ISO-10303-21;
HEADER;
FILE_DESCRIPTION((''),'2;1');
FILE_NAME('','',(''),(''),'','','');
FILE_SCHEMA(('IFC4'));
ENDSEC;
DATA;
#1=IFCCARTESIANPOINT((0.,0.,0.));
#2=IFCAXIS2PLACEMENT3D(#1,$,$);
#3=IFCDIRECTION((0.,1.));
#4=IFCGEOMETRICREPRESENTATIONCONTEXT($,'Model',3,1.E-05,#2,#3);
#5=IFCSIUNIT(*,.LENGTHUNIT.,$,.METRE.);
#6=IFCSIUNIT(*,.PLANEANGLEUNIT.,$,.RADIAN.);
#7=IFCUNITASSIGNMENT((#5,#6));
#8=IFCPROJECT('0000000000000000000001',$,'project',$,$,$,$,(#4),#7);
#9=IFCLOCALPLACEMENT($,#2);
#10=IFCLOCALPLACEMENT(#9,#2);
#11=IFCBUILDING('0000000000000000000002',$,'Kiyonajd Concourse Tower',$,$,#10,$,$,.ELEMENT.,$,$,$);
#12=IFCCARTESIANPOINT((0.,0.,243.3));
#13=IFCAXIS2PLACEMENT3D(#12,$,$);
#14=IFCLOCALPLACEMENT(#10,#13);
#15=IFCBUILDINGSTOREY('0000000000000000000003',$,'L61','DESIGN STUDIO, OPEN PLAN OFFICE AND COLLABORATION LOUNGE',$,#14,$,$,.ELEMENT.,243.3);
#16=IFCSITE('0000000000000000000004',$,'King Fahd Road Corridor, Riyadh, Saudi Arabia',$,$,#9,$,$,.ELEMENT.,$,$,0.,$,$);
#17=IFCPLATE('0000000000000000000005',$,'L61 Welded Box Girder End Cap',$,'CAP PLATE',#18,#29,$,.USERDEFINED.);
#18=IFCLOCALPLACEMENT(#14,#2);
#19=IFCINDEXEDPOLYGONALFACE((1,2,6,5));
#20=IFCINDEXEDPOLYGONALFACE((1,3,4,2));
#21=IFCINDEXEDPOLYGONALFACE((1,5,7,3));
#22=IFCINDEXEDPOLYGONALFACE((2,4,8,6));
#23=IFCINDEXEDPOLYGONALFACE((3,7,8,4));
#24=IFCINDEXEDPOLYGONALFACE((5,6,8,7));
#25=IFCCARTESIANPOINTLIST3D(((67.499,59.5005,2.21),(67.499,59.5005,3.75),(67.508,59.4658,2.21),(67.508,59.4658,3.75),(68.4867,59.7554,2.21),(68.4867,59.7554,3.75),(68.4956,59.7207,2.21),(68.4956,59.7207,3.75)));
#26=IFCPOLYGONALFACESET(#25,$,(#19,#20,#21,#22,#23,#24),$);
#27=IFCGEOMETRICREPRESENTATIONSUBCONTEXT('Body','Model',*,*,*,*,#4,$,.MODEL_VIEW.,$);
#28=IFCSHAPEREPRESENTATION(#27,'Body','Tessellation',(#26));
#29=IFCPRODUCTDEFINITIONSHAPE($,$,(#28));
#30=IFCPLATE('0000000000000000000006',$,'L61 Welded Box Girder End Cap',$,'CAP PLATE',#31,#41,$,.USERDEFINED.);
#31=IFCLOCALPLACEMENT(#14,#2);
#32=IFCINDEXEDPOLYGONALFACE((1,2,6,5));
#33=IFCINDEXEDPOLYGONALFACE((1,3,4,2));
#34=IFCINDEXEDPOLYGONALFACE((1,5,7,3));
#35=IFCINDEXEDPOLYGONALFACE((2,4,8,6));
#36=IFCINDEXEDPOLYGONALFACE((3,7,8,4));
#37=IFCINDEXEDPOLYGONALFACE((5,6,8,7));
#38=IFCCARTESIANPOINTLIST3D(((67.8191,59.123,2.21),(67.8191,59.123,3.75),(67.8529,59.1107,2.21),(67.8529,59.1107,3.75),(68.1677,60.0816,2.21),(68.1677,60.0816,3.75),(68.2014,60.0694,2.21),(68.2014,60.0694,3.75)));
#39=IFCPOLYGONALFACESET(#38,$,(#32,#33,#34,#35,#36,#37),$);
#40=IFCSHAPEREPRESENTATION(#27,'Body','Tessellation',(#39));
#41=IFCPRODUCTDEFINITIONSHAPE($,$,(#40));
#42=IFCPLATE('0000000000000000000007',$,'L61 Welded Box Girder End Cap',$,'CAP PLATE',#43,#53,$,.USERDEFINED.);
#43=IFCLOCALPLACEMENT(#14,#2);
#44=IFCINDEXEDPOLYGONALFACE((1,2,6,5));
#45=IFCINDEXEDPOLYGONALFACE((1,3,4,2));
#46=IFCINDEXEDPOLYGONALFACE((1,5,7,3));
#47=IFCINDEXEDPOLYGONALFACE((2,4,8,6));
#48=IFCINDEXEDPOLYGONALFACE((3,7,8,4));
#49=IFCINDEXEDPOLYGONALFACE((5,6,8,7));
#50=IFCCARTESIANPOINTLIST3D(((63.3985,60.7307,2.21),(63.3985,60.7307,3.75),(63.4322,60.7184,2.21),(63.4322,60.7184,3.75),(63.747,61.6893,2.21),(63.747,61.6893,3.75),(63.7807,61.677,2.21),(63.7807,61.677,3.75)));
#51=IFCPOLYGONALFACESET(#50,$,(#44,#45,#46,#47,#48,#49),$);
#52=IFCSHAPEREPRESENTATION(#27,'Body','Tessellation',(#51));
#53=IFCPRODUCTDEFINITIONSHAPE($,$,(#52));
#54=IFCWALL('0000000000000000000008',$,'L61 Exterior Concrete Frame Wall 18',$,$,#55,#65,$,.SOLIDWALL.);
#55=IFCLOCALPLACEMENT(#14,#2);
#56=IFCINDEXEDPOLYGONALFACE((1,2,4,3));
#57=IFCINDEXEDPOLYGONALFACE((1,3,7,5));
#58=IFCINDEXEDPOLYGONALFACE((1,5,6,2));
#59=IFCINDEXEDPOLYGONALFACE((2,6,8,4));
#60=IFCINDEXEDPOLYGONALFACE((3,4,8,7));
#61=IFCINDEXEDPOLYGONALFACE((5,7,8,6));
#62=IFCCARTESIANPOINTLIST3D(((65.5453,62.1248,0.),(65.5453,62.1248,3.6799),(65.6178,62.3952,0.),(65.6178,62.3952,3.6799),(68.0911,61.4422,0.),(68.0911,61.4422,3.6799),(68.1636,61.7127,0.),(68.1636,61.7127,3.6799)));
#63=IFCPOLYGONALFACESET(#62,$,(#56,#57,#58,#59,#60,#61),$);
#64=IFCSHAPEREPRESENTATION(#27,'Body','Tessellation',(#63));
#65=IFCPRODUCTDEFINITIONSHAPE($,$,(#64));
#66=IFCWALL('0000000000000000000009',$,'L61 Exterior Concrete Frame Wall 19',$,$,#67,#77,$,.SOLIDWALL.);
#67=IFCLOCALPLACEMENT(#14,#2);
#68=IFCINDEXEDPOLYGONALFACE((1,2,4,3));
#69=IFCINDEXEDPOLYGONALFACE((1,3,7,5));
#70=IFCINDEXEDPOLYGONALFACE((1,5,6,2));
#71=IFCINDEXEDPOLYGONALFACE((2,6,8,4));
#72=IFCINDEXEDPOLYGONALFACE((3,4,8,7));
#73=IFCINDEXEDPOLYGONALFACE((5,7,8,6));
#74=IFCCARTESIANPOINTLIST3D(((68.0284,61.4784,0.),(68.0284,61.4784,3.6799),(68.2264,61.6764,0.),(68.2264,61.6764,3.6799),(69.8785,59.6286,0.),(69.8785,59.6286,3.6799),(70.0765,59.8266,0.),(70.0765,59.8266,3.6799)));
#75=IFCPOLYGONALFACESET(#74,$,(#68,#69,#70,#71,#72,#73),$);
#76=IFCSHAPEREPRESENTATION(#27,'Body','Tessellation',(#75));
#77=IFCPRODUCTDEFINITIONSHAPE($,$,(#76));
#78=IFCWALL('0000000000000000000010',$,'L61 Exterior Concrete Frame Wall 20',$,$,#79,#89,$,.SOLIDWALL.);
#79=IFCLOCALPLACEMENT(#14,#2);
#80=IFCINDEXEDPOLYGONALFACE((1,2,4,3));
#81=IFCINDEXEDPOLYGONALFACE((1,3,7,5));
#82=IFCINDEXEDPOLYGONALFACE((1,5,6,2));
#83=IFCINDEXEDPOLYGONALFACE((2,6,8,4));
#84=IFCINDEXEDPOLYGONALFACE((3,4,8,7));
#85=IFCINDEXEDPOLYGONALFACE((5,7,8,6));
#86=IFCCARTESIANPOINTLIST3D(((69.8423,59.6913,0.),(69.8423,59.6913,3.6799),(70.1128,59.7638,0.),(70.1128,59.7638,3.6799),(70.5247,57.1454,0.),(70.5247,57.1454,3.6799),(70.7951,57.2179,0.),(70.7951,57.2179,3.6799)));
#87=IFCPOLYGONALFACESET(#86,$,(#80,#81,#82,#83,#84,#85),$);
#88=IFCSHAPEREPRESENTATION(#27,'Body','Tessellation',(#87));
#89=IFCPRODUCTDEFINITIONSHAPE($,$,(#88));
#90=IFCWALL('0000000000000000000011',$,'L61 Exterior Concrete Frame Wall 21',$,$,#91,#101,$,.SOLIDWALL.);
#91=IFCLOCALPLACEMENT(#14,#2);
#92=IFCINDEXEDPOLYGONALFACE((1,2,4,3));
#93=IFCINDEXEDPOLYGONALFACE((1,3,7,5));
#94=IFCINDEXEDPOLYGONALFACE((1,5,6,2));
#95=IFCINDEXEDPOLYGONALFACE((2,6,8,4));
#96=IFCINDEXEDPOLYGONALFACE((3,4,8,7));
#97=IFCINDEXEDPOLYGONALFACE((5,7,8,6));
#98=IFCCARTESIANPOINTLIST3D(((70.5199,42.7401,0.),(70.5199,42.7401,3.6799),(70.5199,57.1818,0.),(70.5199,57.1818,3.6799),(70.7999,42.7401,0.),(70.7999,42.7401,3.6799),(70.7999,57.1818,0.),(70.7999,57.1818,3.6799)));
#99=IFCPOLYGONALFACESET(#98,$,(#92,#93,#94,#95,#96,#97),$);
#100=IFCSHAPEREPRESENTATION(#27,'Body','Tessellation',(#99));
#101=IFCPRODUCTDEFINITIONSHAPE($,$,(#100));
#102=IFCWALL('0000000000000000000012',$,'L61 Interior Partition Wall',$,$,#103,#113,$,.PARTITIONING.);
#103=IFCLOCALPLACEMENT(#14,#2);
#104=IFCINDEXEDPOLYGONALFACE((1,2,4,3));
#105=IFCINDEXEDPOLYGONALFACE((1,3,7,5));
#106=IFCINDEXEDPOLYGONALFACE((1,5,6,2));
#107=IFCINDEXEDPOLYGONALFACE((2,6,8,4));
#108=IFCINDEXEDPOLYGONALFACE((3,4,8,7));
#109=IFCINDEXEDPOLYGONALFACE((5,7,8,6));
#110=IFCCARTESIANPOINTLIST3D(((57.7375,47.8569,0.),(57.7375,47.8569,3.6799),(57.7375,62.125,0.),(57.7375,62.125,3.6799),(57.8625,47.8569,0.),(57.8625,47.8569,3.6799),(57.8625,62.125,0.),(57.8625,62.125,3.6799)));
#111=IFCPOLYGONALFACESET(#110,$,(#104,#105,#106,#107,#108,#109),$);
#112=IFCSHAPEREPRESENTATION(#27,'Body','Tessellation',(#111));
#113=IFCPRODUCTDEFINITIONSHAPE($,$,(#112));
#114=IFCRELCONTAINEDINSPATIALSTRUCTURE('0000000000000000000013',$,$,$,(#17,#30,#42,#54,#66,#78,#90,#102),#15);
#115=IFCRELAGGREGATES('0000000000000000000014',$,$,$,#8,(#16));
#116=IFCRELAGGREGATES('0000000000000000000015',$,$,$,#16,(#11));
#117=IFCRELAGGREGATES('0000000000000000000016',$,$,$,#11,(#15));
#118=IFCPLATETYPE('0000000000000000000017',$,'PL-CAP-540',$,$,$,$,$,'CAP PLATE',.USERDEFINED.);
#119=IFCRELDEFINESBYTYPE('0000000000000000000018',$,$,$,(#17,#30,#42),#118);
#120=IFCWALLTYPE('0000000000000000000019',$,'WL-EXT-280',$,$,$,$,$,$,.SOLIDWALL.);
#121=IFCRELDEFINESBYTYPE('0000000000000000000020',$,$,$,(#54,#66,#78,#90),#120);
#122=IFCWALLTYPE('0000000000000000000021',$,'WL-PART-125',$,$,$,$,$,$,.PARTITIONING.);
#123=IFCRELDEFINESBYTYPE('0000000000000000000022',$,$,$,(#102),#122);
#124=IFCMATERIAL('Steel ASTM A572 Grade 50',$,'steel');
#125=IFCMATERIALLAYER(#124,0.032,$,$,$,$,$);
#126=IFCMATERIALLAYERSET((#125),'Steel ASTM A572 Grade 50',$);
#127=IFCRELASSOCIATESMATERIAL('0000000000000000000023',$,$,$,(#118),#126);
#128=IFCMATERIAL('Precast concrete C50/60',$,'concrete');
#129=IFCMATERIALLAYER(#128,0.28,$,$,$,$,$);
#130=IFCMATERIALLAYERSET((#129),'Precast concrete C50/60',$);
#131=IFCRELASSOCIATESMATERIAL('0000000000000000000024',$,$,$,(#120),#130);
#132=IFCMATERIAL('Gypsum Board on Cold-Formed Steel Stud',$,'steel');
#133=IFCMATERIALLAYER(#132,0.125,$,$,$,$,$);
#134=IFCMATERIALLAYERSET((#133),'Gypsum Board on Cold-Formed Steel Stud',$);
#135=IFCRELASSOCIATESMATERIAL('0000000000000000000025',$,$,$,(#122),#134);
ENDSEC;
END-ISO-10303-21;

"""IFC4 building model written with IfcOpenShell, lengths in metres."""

from ifc_helpers import new_model, si_unit, direction, frame, frame_2d, origin, origin_2d, place, context, subcontext, project, spatial, rectangle, extrude, material, layer, layer_set, type_object, element, save


model = new_model("IFC4")

# Units and contexts
model_context = context("Model", 3, precision=1e-05, world=origin(), true_north=direction((0.0, 1.0)))
body_context = subcontext(model_context, "Body", "Model", "MODEL_VIEW")
ifc_project = project(units=[si_unit("LENGTHUNIT", "METRE"), si_unit("PLANEANGLEUNIT", "RADIAN")], contexts=[model_context])

# Site, building, storey
site_placement = place(None, origin())
site = spatial("IfcSite", under=ifc_project, at=site_placement, Name="King Fahd Road Corridor, Riyadh, Saudi Arabia", CompositionType="ELEMENT", RefElevation=0.0)
building_placement = place(site_placement, origin())
building = spatial("IfcBuilding", under=site, at=building_placement, Name="Kiyonajd Concourse Tower", CompositionType="ELEMENT")
storey_placement = place(building_placement, frame((0.0, 0.0, 243.3)))
storey = spatial("IfcBuildingStorey", under=building, at=storey_placement, Name="L61", Description="DESIGN STUDIO, OPEN PLAN OFFICE AND COLLABORATION LOUNGE", CompositionType="ELEMENT", Elevation=243.3)

# Shared definitions
ifc_material_1 = material(Name="Steel ASTM A572 Grade 50", Category="steel")

# Plates
ifc_layer_1 = layer(ifc_material_1, 0.032)
ifc_layer_set_1 = layer_set([ifc_layer_1], Name="Steel ASTM A572 Grade 50")
plate_type_1 = type_object("IfcPlateType", Name="PL-CAP-540", ElementType="CAP PLATE", PredefinedType="USERDEFINED", material=ifc_layer_set_1)
for number, where, z_axis, x_axis, name in (
    (1, (67.9973, 59.6106, 2.21), (0.0, 0.0, 1.0), (-0.249873, 0.968279, 0.0), "L61 Welded Box Girder End Cap"),
    (2, (68.0103, 59.5962, 2.21), (0.0, 0.0, 1.0), (0.939812, -0.341692, 0.0), "L61 Welded Box Girder End Cap"),
    (3, (63.5896, 61.2039, 2.21), (0.0, 0.0, 1.0), (-0.939812, 0.341692, 0.0), "L61 Welded Box Girder End Cap"),
):
    element("IfcPlate", number, at=place(storey_placement, frame(where, z_axis=z_axis, x_axis=x_axis)), inside=storey, type_object=plate_type_1, Name=name, ObjectType="CAP PLATE", PredefinedType="USERDEFINED", context=body_context, shape_type="SweptSolid", body=[
        extrude(rectangle(XDim=0.0359, YDim=1.02, at=origin_2d()), origin(), (0.0, 0.0, 1.0), 1.54),
    ])

# Walls
ifc_material_2 = material(Name="Precast concrete C50/60", Category="concrete")
ifc_layer_2 = layer(ifc_material_2, 0.28)
ifc_layer_set_2 = layer_set([ifc_layer_2], Name="Precast concrete C50/60")
wall_type_1 = type_object("IfcWallType", Name="WL-EXT-280", PredefinedType="SOLIDWALL", material=ifc_layer_set_2)
wall_1_placement = place(storey_placement, frame((65.5815, 62.26, 0.0), z_axis=(0.0, 0.0, 1.0), x_axis=(0.965884, -0.258977, 0.0)))
element("IfcWall", 4, at=wall_1_placement, inside=storey, type_object=wall_type_1, Name="L61 Exterior Concrete Frame Wall 18", PredefinedType="SOLIDWALL", context=body_context, shape_type="SweptSolid", body=[
    extrude(rectangle(XDim=2.6357, YDim=0.28, at=frame_2d((1.3179, 0.0))), origin(), (0.0, 0.0, 1.0), 3.6799),
])
wall_2_placement = place(storey_placement, frame((68.1274, 61.5774, 0.0), z_axis=(0.0, 0.0, 1.0), x_axis=(0.707153, -0.70706, 0.0)))
element("IfcWall", 5, at=wall_2_placement, inside=storey, type_object=wall_type_1, Name="L61 Exterior Concrete Frame Wall 19", PredefinedType="SOLIDWALL", context=body_context, shape_type="SweptSolid", body=[
    extrude(rectangle(XDim=2.6162, YDim=0.28, at=frame_2d((1.3081, 0.0))), origin(), (0.0, 0.0, 1.0), 3.6799),
])
wall_3_placement = place(storey_placement, frame((69.9775, 59.7275, 0.0), z_axis=(0.0, 0.0, 1.0), x_axis=(0.25889, -0.965907, 0.0)))
element("IfcWall", 6, at=wall_3_placement, inside=storey, type_object=wall_type_1, Name="L61 Exterior Concrete Frame Wall 20", PredefinedType="SOLIDWALL", context=body_context, shape_type="SweptSolid", body=[
    extrude(rectangle(XDim=2.6357, YDim=0.28, at=frame_2d((1.3179, 0.0))), origin(), (0.0, 0.0, 1.0), 3.6799),
])
wall_4_placement = place(storey_placement, frame((70.6599, 57.1816, 0.0), z_axis=(0.0, 0.0, 1.0), x_axis=(0.0, -1.0, 0.0)))
element("IfcWall", 7, at=wall_4_placement, inside=storey, type_object=wall_type_1, Name="L61 Exterior Concrete Frame Wall 21", PredefinedType="SOLIDWALL", context=body_context, shape_type="SweptSolid", body=[
    extrude(rectangle(XDim=14.4417, YDim=0.28, at=frame_2d((7.2207, 0.0))), origin(), (0.0, 0.0, 1.0), 3.6799),
])
ifc_material_3 = material(Name="Gypsum Board on Cold-Formed Steel Stud", Category="steel")
ifc_layer_3 = layer(ifc_material_3, 0.125)
ifc_layer_set_3 = layer_set([ifc_layer_3], Name="Gypsum Board on Cold-Formed Steel Stud")
wall_type_2 = type_object("IfcWallType", Name="WL-PART-125", PredefinedType="PARTITIONING", material=ifc_layer_set_3)
wall_5_placement = place(storey_placement, frame((57.8, 47.8569, 0.0), z_axis=(0.0, 0.0, 1.0), x_axis=(0.0, 1.0, 0.0)))
element("IfcWall", 8, at=wall_5_placement, inside=storey, type_object=wall_type_2, Name="L61 Interior Partition Wall", PredefinedType="PARTITIONING", context=body_context, shape_type="SweptSolid", body=[
    extrude(rectangle(XDim=14.2681, YDim=0.125, at=frame_2d((7.134, 0.0))), origin(), (0.0, 0.0, 1.0), 3.6799),
])

save(model, "model.ifc")
